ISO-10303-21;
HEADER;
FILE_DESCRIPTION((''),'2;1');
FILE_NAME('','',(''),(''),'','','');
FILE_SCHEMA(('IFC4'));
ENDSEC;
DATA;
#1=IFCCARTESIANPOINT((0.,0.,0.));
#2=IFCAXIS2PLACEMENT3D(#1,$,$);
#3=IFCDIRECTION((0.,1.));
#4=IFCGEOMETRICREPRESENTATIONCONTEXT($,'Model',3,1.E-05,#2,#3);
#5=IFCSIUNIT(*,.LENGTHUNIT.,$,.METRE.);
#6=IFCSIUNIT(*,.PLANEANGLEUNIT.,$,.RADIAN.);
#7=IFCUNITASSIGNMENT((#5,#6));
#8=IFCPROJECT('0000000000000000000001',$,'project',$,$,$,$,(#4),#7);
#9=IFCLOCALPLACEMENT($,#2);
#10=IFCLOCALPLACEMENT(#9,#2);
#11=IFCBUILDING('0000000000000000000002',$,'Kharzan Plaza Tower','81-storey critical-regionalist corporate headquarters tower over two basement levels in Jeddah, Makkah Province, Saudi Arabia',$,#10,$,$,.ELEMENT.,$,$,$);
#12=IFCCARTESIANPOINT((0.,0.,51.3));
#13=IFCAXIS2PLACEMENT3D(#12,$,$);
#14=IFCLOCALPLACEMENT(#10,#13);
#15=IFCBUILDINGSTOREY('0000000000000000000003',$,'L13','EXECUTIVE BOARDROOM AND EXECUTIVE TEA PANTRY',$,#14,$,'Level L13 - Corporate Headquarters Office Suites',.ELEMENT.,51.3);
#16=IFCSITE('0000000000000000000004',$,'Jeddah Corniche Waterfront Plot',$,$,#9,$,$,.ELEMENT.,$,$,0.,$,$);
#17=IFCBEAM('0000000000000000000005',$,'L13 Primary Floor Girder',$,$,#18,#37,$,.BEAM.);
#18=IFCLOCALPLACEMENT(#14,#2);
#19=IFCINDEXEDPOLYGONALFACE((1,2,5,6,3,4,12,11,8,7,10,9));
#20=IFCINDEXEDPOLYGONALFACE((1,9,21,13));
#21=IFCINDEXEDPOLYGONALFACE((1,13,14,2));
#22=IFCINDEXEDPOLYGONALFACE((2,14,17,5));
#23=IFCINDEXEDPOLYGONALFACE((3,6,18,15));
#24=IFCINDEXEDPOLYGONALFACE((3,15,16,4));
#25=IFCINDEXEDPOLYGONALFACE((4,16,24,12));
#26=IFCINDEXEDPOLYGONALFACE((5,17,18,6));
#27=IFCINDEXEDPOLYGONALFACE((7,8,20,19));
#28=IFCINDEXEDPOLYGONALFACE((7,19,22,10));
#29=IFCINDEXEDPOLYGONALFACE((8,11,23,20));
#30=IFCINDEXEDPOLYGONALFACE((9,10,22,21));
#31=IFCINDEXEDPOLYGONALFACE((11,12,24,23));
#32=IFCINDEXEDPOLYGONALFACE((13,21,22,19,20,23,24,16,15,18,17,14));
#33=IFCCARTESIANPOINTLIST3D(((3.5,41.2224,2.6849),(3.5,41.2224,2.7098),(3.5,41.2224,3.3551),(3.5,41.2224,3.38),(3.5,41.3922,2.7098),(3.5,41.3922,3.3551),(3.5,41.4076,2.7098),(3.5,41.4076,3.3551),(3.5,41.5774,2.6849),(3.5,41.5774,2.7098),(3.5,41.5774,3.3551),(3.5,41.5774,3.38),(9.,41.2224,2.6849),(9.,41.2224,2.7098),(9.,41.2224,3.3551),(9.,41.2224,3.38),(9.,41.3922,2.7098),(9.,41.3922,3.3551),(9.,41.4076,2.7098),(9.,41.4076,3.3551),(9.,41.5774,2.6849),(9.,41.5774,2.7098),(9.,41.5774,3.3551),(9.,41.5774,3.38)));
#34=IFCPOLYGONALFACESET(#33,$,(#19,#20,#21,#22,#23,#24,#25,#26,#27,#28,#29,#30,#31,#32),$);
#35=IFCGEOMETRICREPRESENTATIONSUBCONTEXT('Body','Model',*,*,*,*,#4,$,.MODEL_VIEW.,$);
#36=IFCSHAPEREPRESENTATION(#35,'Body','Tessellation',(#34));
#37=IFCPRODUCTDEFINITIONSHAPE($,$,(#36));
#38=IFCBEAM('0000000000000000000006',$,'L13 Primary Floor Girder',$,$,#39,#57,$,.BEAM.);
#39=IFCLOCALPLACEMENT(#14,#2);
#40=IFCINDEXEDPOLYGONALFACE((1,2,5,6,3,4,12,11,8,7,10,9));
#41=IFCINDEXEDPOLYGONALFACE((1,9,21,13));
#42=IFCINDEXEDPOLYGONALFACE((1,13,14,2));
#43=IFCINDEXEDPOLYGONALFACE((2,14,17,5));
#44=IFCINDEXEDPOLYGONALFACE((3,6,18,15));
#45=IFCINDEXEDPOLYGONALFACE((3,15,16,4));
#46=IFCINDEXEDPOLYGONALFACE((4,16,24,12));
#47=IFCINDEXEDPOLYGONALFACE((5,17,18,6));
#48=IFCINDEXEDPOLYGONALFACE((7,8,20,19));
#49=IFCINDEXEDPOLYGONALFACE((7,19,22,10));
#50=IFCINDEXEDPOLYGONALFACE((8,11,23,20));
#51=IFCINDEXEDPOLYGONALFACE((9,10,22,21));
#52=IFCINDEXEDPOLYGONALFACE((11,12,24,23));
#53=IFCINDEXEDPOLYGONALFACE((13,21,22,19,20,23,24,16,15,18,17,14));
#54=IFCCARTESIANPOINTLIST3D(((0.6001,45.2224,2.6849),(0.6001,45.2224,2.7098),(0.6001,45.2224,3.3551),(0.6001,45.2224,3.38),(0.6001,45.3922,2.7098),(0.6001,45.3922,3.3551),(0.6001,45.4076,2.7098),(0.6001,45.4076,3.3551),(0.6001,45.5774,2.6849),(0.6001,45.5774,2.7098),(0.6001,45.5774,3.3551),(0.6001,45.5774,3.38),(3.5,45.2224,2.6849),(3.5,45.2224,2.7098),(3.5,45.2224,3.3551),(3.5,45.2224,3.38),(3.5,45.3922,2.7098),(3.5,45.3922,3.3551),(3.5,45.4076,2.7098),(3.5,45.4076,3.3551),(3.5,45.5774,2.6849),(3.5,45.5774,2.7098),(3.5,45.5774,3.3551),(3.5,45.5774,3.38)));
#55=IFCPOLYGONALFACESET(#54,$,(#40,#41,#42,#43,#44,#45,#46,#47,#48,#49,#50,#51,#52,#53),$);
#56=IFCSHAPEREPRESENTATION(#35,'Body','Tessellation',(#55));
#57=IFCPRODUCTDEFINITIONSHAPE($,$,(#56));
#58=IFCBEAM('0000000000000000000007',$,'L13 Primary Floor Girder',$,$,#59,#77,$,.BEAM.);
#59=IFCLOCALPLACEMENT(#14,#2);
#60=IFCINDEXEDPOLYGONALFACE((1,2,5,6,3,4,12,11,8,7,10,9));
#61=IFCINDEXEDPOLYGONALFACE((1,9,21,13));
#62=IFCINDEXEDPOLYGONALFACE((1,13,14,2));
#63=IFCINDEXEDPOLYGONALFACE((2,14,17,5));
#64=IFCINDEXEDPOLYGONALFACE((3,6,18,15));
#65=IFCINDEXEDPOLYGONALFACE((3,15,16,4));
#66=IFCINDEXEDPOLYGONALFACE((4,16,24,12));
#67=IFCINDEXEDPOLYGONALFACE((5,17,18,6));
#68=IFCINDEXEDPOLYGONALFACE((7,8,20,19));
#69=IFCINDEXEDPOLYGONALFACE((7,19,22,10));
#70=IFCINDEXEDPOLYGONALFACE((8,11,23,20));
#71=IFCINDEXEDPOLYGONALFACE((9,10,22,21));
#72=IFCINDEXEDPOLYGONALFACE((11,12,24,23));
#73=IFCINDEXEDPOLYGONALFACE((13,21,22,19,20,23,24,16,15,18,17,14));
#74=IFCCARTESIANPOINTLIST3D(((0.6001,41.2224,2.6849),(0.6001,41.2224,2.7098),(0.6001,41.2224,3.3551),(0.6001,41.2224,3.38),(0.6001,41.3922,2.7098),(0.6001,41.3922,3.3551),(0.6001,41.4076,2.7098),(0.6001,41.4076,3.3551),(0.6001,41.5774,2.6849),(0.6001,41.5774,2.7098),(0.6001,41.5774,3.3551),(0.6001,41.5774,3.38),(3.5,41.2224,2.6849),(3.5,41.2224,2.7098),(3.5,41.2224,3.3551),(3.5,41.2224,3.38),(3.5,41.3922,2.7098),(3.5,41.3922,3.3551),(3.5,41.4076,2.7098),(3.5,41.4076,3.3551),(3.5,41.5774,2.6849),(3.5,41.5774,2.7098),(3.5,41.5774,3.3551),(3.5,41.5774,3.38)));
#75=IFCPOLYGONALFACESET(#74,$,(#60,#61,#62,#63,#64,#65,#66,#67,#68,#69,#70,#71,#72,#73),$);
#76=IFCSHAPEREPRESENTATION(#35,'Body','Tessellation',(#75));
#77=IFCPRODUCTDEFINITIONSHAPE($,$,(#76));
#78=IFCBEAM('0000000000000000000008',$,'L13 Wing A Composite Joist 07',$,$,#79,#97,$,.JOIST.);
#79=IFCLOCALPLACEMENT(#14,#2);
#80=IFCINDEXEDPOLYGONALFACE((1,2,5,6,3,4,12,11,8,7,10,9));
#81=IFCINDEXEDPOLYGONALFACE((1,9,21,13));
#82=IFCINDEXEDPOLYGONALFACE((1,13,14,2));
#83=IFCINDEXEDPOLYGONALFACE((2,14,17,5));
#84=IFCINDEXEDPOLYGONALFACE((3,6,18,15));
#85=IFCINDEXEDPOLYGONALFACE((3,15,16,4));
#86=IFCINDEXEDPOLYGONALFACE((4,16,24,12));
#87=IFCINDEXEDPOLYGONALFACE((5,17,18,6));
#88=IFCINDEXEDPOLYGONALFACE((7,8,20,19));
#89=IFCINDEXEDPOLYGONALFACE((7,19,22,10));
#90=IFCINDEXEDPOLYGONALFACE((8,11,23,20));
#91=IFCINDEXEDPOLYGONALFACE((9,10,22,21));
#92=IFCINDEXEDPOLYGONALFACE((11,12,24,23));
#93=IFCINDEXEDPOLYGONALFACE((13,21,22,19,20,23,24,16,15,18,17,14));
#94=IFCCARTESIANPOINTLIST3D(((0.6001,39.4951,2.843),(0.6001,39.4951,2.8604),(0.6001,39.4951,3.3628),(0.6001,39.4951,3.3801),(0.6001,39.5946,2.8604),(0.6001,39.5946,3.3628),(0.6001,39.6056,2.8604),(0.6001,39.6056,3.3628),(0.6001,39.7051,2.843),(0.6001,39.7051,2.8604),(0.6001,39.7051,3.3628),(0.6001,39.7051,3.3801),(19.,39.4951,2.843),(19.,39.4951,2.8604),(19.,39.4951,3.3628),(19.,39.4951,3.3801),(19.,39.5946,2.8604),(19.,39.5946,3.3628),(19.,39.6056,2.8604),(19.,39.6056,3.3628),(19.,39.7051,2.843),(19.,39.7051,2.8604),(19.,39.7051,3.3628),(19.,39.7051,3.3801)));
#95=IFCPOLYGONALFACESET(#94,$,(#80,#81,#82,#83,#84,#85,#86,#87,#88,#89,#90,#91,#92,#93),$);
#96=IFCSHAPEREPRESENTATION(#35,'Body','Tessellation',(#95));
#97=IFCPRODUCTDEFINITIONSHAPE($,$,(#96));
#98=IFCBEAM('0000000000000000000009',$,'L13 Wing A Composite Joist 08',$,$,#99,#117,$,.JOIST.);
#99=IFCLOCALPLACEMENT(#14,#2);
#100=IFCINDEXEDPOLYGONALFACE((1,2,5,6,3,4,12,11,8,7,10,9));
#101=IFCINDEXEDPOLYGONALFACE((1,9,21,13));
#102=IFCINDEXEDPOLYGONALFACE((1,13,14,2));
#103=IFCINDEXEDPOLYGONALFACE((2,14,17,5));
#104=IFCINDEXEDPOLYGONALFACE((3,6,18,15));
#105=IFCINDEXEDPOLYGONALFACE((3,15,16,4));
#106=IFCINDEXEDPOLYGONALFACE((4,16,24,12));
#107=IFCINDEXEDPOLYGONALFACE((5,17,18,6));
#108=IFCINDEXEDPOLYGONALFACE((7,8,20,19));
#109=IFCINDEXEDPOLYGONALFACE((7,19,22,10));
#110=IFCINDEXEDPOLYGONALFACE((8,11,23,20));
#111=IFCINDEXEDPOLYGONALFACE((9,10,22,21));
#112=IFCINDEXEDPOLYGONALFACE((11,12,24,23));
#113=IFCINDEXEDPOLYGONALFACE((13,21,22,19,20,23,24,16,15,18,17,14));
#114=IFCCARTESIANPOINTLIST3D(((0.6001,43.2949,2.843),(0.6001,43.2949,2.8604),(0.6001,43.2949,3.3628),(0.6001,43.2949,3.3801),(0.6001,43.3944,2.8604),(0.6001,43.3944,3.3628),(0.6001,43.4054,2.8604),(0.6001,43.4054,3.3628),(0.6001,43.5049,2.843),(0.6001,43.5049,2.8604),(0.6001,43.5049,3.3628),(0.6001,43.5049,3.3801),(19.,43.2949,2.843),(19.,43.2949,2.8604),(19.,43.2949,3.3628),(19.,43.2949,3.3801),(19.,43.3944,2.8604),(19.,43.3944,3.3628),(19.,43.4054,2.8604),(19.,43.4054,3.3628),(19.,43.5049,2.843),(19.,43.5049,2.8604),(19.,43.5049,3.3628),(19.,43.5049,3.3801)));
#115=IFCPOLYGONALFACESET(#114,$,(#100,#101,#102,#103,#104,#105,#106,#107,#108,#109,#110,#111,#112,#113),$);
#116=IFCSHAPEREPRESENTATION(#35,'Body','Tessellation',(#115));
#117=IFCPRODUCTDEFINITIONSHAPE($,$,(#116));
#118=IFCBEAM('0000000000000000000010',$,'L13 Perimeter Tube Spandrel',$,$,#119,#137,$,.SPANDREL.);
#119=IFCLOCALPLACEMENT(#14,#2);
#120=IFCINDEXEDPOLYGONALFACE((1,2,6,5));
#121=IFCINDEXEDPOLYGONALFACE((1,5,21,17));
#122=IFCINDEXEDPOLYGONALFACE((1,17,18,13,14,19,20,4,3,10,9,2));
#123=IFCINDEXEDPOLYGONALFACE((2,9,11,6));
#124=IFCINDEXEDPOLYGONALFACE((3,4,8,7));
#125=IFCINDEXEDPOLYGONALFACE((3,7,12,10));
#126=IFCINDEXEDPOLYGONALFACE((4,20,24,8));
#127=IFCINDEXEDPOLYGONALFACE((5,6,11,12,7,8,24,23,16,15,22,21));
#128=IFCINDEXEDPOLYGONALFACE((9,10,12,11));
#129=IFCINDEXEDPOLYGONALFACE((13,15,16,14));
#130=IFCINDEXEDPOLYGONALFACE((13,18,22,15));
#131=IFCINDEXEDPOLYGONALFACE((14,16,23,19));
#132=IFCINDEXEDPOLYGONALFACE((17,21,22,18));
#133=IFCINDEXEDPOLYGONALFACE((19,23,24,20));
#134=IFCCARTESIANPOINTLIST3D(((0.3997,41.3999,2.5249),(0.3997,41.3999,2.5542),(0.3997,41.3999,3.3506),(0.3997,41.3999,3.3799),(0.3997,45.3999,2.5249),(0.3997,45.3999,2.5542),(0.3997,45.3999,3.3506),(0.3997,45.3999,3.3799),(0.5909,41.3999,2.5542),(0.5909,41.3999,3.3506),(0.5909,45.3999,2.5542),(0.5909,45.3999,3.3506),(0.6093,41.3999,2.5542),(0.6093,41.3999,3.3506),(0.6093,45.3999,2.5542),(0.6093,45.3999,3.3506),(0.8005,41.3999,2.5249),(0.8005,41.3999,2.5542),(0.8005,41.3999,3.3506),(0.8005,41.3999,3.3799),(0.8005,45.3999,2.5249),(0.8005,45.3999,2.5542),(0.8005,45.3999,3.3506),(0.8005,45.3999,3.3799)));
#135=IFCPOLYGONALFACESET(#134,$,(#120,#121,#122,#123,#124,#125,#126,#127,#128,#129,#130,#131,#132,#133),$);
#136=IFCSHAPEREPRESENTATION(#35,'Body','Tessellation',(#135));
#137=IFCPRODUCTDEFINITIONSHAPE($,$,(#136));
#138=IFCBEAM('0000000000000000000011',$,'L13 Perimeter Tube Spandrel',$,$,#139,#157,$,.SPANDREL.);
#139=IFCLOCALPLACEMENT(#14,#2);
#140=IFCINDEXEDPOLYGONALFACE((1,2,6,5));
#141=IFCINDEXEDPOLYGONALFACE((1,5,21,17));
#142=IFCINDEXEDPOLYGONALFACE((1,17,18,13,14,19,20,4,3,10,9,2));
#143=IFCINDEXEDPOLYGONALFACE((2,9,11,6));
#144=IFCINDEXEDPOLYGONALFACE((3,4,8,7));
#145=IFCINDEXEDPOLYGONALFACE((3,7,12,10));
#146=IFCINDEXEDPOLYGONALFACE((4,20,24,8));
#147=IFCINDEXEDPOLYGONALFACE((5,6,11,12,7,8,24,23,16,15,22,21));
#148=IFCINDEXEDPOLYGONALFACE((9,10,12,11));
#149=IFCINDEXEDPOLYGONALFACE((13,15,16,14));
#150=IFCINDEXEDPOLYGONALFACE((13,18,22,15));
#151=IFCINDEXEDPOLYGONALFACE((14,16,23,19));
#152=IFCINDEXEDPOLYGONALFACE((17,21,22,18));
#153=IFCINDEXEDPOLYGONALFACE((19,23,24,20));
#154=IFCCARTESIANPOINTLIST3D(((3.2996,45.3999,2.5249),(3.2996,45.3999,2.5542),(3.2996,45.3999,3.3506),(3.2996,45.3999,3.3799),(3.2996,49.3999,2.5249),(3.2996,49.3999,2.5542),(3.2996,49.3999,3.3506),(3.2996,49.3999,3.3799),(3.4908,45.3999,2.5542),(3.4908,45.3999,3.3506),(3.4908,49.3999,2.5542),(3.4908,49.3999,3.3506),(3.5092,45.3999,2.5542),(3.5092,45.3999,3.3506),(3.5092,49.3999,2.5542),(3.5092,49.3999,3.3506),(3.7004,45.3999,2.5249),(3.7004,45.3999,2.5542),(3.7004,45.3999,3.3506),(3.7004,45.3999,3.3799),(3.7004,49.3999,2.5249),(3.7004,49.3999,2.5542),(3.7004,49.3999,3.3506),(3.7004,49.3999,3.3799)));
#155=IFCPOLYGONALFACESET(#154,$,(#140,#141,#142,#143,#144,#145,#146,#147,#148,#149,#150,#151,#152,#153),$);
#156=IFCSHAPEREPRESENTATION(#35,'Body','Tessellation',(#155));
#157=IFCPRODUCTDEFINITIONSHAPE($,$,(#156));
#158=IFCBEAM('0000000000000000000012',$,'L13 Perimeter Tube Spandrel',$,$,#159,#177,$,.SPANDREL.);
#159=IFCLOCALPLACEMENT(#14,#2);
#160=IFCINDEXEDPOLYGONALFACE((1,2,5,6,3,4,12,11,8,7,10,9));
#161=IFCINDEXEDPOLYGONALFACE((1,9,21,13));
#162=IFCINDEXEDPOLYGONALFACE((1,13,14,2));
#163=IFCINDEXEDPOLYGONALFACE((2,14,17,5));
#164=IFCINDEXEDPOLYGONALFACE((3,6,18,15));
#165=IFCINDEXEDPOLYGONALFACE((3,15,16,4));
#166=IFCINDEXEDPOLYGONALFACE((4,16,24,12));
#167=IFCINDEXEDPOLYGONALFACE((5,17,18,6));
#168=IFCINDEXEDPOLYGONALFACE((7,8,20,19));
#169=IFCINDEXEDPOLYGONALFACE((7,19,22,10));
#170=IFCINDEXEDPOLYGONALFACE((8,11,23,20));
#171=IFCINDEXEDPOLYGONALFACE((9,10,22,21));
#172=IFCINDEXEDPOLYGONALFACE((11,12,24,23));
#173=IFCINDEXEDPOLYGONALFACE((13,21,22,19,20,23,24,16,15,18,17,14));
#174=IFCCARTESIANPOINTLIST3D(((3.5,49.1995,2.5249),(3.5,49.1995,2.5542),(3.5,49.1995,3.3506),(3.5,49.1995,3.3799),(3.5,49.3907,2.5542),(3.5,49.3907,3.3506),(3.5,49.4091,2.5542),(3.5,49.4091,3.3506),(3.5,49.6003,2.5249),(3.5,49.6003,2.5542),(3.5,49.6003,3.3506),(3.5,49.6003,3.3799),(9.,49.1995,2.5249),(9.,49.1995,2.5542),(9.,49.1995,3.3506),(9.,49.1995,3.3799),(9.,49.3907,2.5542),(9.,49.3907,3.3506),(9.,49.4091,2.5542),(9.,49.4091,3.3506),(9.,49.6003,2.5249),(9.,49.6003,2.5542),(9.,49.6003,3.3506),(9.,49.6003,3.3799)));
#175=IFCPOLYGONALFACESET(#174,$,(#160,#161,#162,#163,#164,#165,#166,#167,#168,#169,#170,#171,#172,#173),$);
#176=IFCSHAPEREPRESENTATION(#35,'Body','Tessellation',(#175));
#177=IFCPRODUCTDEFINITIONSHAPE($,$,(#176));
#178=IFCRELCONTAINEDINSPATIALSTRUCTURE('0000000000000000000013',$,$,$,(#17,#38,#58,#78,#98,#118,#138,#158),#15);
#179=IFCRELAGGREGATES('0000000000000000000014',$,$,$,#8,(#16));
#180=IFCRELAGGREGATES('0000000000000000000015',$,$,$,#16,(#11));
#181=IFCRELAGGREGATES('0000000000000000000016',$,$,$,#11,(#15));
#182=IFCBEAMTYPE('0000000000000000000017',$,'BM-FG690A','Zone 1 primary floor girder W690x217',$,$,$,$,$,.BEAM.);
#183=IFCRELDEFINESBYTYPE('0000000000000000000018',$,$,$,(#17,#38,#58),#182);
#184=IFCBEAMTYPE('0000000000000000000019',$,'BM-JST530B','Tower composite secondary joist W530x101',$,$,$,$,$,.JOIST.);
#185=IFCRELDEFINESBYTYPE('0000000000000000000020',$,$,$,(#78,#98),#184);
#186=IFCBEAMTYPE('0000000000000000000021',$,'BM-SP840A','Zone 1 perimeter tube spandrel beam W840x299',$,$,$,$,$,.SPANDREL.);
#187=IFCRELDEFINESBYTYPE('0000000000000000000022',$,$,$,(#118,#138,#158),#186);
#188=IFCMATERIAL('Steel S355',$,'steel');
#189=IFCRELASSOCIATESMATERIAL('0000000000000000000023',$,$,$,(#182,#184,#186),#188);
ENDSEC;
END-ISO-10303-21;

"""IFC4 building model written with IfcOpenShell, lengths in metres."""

from ifc_helpers import new_model, si_unit, direction, frame, origin, origin_2d, place, context, subcontext, project, spatial, i_section, extrude, source, transform, mapped, material, material_profile, profile_set, type_object, element, save


model = new_model("IFC4")

# Units and contexts
model_context = context("Model", 3, precision=1e-05, world=origin(), true_north=direction((0.0, 1.0)))
body_context = subcontext(model_context, "Body", "Model", "MODEL_VIEW")
ifc_project = project(units=[si_unit("LENGTHUNIT", "METRE"), si_unit("PLANEANGLEUNIT", "RADIAN")], contexts=[model_context])

# Site, building, storey
site_placement = place(None, origin())
site = spatial("IfcSite", under=ifc_project, at=site_placement, Name="Jeddah Corniche Waterfront Plot", CompositionType="ELEMENT", RefElevation=0.0)
building_placement = place(site_placement, origin())
building = spatial("IfcBuilding", under=site, at=building_placement, Name="Kharzan Plaza Tower", Description="81-storey critical-regionalist corporate headquarters tower over two basement levels in Jeddah, Makkah Province, Saudi Arabia", CompositionType="ELEMENT")
storey_placement = place(building_placement, frame((0.0, 0.0, 51.3)))
storey = spatial("IfcBuildingStorey", under=building, at=storey_placement, Name="L13", Description="EXECUTIVE BOARDROOM AND EXECUTIVE TEA PANTRY", LongName="Level L13 - Corporate Headquarters Office Suites", CompositionType="ELEMENT", Elevation=51.3)

# Beams
ifc_material_1 = material(Name="Steel S355", Category="steel")
ifc_material_profile_1 = material_profile(ifc_material_1, i_section(OverallWidth=0.355, OverallDepth=0.6951, WebThickness=0.0154, FlangeThickness=0.0249, at=origin_2d()), Name="W690x217")
ifc_profile_set_1 = profile_set([ifc_material_profile_1], Name="Steel S355")
beam_type_1 = type_object("IfcBeamType", Name="BM-FG690A", Description="Zone 1 primary floor girder W690x217", PredefinedType="BEAM", material=ifc_profile_set_1)
shared_shape_1 = source(origin(), body_context, "Body", "SweptSolid", [
    extrude(i_section(OverallWidth=0.355, OverallDepth=0.6951, WebThickness=0.0154, FlangeThickness=0.0249, at=origin_2d()), origin(), (0.0, 0.0, 1.0), 5.5),
])
for number, where, z_axis, x_axis, name in (
    (1, (3.5, 41.3999, 3.0325), (1.0, 0.0, 0.0), (0.0, 1.0, 0.0), "L13 Primary Floor Girder"),
):
    element("IfcBeam", number, at=place(storey_placement, frame(where, z_axis=z_axis, x_axis=x_axis)), inside=storey, type_object=beam_type_1, Name=name, PredefinedType="BEAM", context=body_context, shape_type="MappedRepresentation", body=[
        mapped(shared_shape_1, transform((0.0, 0.0, 0.0), x_axis=(1.0, 0.0, 0.0), y_axis=(0.0, 1.0, 0.0), z_axis=(0.0, 0.0, 1.0))),
    ])
shared_shape_2 = source(origin(), body_context, "Body", "SweptSolid", [
    extrude(i_section(OverallWidth=0.355, OverallDepth=0.6951, WebThickness=0.0154, FlangeThickness=0.0249, at=origin_2d()), origin(), (0.0, 0.0, 1.0), 2.8999),
])
for number, where, z_axis, x_axis, name in (
    (2, (0.6001, 45.3999, 3.0325), (1.0, 0.0, 0.0), (0.0, 1.0, 0.0), "L13 Primary Floor Girder"),
    (3, (0.6001, 41.3999, 3.0325), (1.0, 0.0, 0.0), (0.0, 1.0, 0.0), "L13 Primary Floor Girder"),
):
    element("IfcBeam", number, at=place(storey_placement, frame(where, z_axis=z_axis, x_axis=x_axis)), inside=storey, type_object=beam_type_1, Name=name, PredefinedType="BEAM", context=body_context, shape_type="MappedRepresentation", body=[
        mapped(shared_shape_2, transform((0.0, 0.0, 0.0), x_axis=(1.0, 0.0, 0.0), y_axis=(0.0, 1.0, 0.0), z_axis=(0.0, 0.0, 1.0))),
    ])
ifc_material_profile_2 = material_profile(ifc_material_1, i_section(OverallWidth=0.21, OverallDepth=0.5371, WebThickness=0.011, FlangeThickness=0.0173, at=origin_2d()), Name="W530x101")
ifc_profile_set_2 = profile_set([ifc_material_profile_2], Name="Steel S355")
beam_type_2 = type_object("IfcBeamType", Name="BM-JST530B", Description="Tower composite secondary joist W530x101", PredefinedType="JOIST", material=ifc_profile_set_2)
shared_shape_3 = source(origin(), body_context, "Body", "SweptSolid", [
    extrude(i_section(OverallWidth=0.21, OverallDepth=0.5371, WebThickness=0.011, FlangeThickness=0.0173, at=origin_2d()), origin(), (0.0, 0.0, 1.0), 18.3999),
])
for number, where, z_axis, x_axis, name in (
    (4, (0.6001, 39.6001, 3.1116), (1.0, 0.0, 0.0), (0.0, 1.0, 0.0), "L13 Wing A Composite Joist 07"),
    (5, (0.6001, 43.3999, 3.1116), (1.0, 0.0, 0.0), (0.0, 1.0, 0.0), "L13 Wing A Composite Joist 08"),
):
    element("IfcBeam", number, at=place(storey_placement, frame(where, z_axis=z_axis, x_axis=x_axis)), inside=storey, type_object=beam_type_2, Name=name, PredefinedType="JOIST", context=body_context, shape_type="MappedRepresentation", body=[
        mapped(shared_shape_3, transform((0.0, 0.0, 0.0), x_axis=(1.0, 0.0, 0.0), y_axis=(0.0, 1.0, 0.0), z_axis=(0.0, 0.0, 1.0))),
    ])
ifc_material_profile_3 = material_profile(ifc_material_1, i_section(OverallWidth=0.4009, OverallDepth=0.855, WebThickness=0.0183, FlangeThickness=0.0293, at=origin_2d()), Name="W840x299")
ifc_profile_set_3 = profile_set([ifc_material_profile_3], Name="Steel S355")
beam_type_3 = type_object("IfcBeamType", Name="BM-SP840A", Description="Zone 1 perimeter tube spandrel beam W840x299", PredefinedType="SPANDREL", material=ifc_profile_set_3)
shared_shape_4 = source(origin(), body_context, "Body", "SweptSolid", [
    extrude(i_section(OverallWidth=0.4009, OverallDepth=0.855, WebThickness=0.0183, FlangeThickness=0.0293, at=origin_2d()), origin(), (0.0, 0.0, 1.0), 4.0),
])
for number, where, z_axis, x_axis, name in (
    (6, (0.6001, 41.3999, 2.9524), (0.0, 1.0, 0.0), (-1.0, 0.0, 0.0), "L13 Perimeter Tube Spandrel"),
    (7, (3.5, 45.3999, 2.9524), (0.0, 1.0, 0.0), (-1.0, 0.0, 0.0), "L13 Perimeter Tube Spandrel"),
):
    element("IfcBeam", number, at=place(storey_placement, frame(where, z_axis=z_axis, x_axis=x_axis)), inside=storey, type_object=beam_type_3, Name=name, PredefinedType="SPANDREL", context=body_context, shape_type="MappedRepresentation", body=[
        mapped(shared_shape_4, transform((0.0, 0.0, 0.0), x_axis=(1.0, 0.0, 0.0), y_axis=(0.0, 1.0, 0.0), z_axis=(0.0, 0.0, 1.0))),
    ])
shared_shape_5 = source(origin(), body_context, "Body", "SweptSolid", [
    extrude(i_section(OverallWidth=0.4009, OverallDepth=0.855, WebThickness=0.0183, FlangeThickness=0.0293, at=origin_2d()), origin(), (0.0, 0.0, 1.0), 5.5),
])
beam_1_placement = place(storey_placement, frame((3.5, 49.3999, 2.9524), z_axis=(1.0, 0.0, 0.0), x_axis=(0.0, 1.0, 0.0)))
element("IfcBeam", 8, at=beam_1_placement, inside=storey, type_object=beam_type_3, Name="L13 Perimeter Tube Spandrel", PredefinedType="SPANDREL", context=body_context, shape_type="MappedRepresentation", body=[
    mapped(shared_shape_5, transform((0.0, 0.0, 0.0), x_axis=(1.0, 0.0, 0.0), y_axis=(0.0, 1.0, 0.0), z_axis=(0.0, 0.0, 1.0))),
])

save(model, "model.ifc")
